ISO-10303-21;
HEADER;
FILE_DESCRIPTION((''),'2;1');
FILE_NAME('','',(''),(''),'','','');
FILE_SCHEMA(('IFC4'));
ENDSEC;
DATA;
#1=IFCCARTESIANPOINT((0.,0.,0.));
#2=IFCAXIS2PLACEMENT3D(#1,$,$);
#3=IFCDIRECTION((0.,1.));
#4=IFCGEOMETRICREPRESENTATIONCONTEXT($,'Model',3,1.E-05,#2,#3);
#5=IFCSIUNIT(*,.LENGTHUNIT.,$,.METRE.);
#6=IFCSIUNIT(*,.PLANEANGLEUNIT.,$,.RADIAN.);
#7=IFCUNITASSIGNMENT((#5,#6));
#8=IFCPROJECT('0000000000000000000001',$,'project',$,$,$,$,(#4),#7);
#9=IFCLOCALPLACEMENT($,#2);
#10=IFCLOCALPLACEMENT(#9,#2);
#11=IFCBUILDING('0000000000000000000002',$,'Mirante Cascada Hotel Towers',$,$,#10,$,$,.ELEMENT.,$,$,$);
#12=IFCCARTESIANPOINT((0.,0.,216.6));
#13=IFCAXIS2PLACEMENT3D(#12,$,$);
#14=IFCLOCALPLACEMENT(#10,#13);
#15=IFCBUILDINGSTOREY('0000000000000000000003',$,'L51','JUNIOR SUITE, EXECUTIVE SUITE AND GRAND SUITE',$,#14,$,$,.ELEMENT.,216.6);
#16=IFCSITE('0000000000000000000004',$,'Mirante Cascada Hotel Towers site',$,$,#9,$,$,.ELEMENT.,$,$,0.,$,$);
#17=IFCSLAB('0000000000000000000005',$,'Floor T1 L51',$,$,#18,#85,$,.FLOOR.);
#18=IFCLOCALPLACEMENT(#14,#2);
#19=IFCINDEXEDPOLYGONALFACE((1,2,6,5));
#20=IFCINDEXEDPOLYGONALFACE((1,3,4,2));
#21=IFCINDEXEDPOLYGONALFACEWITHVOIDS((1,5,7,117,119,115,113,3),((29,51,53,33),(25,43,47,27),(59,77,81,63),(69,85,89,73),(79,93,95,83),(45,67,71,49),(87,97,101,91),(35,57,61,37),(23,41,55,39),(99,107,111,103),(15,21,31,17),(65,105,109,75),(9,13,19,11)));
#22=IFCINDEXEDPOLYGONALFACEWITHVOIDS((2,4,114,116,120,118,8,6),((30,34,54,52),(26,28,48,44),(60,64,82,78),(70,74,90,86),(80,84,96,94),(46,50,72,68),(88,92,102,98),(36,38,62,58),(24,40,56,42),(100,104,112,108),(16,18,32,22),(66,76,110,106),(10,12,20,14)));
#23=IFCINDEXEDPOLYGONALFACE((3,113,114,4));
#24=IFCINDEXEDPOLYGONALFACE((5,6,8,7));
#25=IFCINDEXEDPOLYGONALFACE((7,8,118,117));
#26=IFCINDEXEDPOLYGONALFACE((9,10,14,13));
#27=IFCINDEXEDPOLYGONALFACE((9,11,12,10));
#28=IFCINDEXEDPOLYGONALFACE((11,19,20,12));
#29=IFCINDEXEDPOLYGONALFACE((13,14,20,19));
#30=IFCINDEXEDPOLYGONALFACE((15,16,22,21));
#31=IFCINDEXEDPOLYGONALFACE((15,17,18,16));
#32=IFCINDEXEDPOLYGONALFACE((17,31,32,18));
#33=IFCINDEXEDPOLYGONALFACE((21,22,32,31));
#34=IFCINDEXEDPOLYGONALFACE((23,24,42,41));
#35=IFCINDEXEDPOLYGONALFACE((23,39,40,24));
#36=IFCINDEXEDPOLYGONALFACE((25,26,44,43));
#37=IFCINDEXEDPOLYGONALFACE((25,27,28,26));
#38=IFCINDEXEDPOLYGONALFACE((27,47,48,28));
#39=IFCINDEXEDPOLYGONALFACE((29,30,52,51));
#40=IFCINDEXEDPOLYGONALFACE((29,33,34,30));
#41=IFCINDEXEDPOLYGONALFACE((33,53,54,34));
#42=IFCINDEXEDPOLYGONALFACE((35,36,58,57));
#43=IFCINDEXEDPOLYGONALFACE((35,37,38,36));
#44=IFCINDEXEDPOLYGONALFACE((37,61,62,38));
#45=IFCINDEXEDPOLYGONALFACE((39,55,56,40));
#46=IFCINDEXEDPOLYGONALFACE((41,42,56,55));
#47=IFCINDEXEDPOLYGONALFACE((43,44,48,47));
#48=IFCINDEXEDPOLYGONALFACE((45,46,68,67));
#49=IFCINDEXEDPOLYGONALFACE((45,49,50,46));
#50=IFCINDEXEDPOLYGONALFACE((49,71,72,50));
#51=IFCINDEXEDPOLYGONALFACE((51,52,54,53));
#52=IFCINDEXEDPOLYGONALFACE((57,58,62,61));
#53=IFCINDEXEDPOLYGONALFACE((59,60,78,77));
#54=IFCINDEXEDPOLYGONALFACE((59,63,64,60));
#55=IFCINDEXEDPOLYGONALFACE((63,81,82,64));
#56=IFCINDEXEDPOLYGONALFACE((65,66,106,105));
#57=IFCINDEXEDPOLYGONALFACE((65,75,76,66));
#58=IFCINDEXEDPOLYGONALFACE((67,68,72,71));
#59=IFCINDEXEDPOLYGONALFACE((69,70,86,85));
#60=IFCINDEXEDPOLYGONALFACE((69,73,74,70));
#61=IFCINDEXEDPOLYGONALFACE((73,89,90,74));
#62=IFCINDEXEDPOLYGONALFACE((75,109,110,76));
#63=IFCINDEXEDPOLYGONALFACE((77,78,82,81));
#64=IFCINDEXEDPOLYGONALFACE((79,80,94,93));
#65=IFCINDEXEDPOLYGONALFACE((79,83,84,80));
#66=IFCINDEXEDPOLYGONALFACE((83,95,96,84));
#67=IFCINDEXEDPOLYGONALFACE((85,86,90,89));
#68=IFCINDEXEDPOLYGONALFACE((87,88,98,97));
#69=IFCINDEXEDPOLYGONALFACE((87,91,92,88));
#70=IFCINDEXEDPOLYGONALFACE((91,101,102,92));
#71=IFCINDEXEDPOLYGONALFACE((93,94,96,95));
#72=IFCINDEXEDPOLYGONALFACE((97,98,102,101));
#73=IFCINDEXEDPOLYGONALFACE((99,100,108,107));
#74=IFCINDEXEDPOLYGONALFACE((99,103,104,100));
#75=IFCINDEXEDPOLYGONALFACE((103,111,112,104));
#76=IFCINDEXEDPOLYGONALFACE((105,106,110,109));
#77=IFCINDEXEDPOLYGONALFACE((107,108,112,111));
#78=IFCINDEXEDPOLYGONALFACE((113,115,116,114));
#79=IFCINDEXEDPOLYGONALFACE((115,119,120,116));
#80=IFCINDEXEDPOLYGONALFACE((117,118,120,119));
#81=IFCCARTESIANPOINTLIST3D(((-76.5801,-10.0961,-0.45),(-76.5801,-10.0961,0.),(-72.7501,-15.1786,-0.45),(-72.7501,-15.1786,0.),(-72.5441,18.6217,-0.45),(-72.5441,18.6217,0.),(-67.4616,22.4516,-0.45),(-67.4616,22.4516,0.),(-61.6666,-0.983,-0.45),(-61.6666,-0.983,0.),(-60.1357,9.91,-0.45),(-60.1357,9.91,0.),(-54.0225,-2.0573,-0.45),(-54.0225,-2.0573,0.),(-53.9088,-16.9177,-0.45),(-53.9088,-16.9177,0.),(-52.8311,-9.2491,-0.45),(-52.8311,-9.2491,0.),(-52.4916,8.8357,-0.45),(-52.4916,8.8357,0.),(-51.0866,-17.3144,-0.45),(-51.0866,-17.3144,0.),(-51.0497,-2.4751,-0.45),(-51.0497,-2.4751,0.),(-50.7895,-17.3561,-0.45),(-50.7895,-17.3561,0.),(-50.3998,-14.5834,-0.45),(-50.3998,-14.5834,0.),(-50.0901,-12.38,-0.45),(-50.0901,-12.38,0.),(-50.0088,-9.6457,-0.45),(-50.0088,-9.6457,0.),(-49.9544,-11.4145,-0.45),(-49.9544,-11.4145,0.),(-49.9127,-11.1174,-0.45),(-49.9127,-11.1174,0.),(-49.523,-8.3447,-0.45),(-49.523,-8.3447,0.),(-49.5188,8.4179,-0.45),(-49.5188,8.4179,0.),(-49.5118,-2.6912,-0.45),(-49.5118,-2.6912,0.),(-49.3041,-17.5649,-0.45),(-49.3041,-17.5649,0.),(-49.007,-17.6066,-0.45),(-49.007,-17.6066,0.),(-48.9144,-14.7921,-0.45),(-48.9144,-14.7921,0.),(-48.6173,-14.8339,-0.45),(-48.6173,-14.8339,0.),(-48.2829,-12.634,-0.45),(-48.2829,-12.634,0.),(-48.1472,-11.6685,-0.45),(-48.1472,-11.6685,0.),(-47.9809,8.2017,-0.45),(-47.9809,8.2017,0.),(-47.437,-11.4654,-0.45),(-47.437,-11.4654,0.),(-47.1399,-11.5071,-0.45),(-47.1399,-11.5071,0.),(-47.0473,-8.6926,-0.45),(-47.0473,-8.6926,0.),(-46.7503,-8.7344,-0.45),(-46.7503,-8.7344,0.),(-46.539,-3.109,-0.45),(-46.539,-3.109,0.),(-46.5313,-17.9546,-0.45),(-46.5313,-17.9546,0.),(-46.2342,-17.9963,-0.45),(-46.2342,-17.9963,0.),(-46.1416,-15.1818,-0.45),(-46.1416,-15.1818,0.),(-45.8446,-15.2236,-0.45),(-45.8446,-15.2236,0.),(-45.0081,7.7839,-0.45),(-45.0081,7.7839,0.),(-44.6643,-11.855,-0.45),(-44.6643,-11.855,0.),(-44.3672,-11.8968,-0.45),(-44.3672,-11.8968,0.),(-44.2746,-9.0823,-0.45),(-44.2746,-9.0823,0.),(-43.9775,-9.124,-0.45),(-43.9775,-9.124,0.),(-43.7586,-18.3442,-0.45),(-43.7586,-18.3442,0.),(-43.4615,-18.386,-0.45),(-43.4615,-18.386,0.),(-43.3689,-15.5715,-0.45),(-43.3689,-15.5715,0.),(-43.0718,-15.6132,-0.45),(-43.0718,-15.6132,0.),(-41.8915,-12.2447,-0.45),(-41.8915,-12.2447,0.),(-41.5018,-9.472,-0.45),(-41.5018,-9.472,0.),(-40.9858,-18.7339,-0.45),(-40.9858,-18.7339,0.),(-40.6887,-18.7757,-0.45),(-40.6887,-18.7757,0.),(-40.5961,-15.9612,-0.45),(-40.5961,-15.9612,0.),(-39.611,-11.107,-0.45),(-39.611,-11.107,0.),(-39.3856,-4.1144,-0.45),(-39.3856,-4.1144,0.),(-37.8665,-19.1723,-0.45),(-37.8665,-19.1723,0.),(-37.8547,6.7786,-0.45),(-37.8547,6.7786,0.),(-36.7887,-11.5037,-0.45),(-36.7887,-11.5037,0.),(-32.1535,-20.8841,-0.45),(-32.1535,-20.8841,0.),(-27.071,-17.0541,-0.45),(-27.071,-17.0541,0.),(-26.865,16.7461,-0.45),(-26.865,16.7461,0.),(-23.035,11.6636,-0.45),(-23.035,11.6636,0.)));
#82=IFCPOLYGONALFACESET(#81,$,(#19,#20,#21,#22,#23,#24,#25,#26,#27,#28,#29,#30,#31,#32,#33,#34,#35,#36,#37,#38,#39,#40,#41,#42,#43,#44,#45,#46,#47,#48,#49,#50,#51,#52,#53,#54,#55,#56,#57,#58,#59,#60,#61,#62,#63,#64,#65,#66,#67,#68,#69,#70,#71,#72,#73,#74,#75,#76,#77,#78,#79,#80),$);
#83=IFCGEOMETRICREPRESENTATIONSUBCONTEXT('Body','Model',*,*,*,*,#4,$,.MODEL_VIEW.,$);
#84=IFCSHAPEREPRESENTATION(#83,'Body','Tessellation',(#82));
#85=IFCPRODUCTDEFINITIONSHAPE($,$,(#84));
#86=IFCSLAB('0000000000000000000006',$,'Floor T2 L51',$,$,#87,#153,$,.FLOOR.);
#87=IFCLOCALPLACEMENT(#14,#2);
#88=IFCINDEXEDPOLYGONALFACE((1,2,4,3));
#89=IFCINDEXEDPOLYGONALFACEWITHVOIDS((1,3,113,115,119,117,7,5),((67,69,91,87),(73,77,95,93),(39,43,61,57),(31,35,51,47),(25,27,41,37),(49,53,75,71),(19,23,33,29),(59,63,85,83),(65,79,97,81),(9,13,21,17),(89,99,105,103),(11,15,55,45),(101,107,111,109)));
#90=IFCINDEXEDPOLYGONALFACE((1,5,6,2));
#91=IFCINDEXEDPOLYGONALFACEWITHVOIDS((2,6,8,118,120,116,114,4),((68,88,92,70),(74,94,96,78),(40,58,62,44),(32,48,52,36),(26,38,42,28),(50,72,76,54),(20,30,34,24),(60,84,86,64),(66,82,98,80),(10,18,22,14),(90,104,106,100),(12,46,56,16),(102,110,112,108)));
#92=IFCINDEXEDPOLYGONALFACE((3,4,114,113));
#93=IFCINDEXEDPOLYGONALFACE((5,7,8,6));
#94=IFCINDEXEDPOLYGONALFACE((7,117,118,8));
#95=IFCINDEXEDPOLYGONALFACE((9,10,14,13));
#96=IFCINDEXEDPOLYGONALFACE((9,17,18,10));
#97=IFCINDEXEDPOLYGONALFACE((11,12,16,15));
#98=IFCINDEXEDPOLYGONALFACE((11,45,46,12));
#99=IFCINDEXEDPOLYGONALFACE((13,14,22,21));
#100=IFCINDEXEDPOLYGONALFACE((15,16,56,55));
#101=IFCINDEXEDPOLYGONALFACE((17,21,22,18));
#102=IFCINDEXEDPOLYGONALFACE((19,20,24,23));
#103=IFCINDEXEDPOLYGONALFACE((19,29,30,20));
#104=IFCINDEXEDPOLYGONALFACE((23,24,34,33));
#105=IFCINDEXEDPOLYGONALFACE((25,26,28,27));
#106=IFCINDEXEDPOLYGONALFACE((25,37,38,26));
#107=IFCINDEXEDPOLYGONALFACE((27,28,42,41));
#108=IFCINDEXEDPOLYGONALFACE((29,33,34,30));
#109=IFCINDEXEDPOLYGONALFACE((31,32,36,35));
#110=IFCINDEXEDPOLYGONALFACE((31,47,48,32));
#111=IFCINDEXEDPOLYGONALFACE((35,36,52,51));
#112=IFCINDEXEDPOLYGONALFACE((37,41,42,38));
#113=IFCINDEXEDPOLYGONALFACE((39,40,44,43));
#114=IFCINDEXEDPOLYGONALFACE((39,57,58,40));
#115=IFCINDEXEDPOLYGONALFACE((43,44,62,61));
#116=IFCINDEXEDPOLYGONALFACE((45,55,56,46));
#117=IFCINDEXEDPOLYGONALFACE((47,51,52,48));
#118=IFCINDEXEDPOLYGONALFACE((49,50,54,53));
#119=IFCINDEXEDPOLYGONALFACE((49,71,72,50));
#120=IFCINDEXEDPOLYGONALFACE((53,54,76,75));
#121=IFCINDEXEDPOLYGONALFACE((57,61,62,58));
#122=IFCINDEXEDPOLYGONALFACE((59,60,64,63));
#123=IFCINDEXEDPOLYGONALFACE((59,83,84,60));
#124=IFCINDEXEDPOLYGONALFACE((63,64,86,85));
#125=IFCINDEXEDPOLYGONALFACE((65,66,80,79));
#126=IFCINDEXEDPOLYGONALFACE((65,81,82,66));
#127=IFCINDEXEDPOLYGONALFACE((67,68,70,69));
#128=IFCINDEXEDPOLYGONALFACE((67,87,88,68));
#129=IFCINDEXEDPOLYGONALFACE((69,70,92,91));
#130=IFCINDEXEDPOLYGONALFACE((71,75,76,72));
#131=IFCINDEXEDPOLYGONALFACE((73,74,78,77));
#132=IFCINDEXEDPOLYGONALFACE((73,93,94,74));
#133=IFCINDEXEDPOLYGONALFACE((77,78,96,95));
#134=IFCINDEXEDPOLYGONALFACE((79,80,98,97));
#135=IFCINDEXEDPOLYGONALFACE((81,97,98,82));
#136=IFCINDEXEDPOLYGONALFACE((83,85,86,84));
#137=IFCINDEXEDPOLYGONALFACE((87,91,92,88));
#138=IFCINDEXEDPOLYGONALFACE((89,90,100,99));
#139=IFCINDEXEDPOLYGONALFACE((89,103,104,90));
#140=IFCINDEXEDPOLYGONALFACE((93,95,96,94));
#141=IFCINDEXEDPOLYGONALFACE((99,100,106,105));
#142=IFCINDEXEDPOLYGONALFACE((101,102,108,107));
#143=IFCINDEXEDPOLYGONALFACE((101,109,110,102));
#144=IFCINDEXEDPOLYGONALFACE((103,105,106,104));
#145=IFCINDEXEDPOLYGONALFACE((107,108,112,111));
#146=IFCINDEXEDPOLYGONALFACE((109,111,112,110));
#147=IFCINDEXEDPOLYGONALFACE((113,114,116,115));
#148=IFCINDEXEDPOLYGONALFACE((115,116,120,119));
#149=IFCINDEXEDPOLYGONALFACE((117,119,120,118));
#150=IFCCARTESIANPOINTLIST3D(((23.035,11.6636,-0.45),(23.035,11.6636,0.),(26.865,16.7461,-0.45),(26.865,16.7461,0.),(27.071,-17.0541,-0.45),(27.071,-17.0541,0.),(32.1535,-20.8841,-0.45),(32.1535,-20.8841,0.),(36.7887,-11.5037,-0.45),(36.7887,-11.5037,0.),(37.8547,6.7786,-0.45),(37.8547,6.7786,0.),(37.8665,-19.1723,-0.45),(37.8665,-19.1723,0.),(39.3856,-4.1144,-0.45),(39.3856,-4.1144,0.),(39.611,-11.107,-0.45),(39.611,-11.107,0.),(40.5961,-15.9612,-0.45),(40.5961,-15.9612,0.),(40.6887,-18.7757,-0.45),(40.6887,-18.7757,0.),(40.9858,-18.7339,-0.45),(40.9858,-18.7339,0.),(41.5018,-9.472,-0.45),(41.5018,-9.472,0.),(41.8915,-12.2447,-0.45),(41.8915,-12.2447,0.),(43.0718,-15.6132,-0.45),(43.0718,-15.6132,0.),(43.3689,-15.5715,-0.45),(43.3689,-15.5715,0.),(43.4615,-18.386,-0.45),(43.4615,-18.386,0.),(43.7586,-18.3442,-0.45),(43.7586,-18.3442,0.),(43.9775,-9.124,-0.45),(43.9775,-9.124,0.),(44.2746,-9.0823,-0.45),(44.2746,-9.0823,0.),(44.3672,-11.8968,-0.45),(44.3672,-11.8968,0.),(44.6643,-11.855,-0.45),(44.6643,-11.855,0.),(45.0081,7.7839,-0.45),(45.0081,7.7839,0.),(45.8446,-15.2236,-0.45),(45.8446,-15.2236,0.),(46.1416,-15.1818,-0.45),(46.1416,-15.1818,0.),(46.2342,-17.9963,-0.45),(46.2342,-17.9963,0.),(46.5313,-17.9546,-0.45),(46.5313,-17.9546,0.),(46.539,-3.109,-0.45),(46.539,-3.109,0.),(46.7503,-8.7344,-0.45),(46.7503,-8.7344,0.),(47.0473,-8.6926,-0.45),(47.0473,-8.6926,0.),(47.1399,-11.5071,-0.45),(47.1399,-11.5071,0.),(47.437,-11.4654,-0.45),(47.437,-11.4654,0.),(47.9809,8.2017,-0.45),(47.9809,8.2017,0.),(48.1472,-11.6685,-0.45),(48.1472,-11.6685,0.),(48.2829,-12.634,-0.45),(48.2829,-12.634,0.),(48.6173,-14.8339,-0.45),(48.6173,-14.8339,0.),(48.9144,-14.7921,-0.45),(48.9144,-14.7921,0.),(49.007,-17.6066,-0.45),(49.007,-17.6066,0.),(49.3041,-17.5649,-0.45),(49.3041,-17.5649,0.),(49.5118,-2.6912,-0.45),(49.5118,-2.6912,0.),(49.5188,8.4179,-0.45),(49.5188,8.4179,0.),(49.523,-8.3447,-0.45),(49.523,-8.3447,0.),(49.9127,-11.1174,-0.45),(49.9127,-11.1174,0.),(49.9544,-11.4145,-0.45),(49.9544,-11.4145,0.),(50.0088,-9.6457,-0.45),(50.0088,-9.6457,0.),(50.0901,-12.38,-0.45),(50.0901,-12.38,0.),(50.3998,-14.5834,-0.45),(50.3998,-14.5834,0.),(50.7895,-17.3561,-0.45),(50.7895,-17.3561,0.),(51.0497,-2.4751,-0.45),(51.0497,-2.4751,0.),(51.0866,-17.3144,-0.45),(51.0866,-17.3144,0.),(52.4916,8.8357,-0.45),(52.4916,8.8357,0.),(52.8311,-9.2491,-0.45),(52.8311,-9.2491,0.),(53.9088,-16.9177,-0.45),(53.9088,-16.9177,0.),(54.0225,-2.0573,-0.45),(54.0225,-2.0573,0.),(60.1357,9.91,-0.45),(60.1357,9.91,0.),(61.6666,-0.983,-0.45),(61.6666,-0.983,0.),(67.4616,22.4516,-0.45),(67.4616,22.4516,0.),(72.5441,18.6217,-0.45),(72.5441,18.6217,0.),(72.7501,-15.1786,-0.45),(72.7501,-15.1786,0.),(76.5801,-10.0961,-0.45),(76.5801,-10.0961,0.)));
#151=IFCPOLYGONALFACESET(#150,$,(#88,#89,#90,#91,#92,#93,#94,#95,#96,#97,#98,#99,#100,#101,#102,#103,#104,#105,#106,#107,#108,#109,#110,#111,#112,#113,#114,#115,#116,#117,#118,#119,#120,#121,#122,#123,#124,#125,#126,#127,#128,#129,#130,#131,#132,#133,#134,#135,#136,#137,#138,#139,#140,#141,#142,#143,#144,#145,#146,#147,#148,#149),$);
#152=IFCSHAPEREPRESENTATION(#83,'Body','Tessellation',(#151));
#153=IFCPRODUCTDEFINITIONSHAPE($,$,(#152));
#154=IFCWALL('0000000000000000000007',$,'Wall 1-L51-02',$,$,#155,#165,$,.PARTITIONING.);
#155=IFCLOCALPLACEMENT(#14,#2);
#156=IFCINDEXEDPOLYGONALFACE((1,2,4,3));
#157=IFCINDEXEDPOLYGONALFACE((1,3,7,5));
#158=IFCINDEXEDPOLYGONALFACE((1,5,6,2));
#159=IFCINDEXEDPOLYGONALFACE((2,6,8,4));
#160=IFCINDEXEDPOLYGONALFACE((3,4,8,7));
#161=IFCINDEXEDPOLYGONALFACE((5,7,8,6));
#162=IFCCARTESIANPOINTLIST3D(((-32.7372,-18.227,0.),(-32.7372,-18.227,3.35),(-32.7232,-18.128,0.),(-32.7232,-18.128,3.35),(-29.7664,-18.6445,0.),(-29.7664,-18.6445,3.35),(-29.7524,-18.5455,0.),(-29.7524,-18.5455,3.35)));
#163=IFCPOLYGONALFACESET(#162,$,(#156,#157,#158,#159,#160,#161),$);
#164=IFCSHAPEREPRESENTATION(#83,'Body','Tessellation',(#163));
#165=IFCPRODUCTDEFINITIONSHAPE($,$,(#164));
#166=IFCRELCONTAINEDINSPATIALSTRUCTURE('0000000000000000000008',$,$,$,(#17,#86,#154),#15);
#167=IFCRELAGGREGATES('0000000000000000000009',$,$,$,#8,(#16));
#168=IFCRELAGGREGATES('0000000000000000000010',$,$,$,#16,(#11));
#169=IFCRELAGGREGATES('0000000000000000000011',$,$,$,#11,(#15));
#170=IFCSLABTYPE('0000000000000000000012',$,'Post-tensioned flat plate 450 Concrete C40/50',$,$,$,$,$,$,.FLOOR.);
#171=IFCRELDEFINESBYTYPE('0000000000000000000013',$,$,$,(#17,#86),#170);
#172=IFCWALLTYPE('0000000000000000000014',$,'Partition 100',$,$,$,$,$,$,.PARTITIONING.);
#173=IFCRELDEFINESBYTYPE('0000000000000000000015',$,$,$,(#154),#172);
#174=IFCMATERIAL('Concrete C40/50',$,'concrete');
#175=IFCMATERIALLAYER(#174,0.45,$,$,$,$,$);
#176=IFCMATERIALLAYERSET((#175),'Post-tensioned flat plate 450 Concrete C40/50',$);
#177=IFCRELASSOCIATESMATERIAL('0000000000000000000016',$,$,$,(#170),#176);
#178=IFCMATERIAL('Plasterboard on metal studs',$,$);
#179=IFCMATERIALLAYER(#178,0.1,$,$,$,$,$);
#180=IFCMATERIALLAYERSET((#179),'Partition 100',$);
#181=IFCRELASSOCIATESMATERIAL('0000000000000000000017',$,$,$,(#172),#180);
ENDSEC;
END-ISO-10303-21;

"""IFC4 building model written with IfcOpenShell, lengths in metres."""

from ifc_helpers import new_model, si_unit, direction, frame, frame_2d, origin, place, context, subcontext, project, spatial, polyline, rectangle, outline, extrude, material, layer, layer_set, type_object, element, save


model = new_model("IFC4")

# Units and contexts
model_context = context("Model", 3, precision=1e-05, world=origin(), true_north=direction((0.0, 1.0)))
body_context = subcontext(model_context, "Body", "Model", "MODEL_VIEW")
ifc_project = project(units=[si_unit("LENGTHUNIT", "METRE"), si_unit("PLANEANGLEUNIT", "RADIAN")], contexts=[model_context])

# Site, building, storey
site_placement = place(None, origin())
site = spatial("IfcSite", under=ifc_project, at=site_placement, Name="Mirante Cascada Hotel Towers site", CompositionType="ELEMENT", RefElevation=0.0)
building_placement = place(site_placement, origin())
building = spatial("IfcBuilding", under=site, at=building_placement, Name="Mirante Cascada Hotel Towers", CompositionType="ELEMENT")
storey_placement = place(building_placement, frame((0.0, 0.0, 216.6)))
storey = spatial("IfcBuildingStorey", under=building, at=storey_placement, Name="L51", Description="JUNIOR SUITE, EXECUTIVE SUITE AND GRAND SUITE", CompositionType="ELEMENT", Elevation=216.6)

# Slabs
ifc_material_1 = material(Name="Concrete C40/50", Category="concrete")
ifc_layer_1 = layer(ifc_material_1, 0.45)
ifc_layer_set_1 = layer_set([ifc_layer_1], Name="Post-tensioned flat plate 450 Concrete C40/50")
slab_type = type_object("IfcSlabType", Name="Post-tensioned flat plate 450 Concrete C40/50", PredefinedType="FLOOR", material=ifc_layer_set_1)
slab_1_placement = place(storey_placement, frame((0.0, 0.0, -0.45)))
element("IfcSlab", 1, at=slab_1_placement, inside=storey, type_object=slab_type, Name="Floor T1 L51", PredefinedType="FLOOR", context=body_context, shape_type="SweptSolid", body=[
    extrude(outline(polyline([(-27.071, -17.0541), (-23.035, 11.6636), (-26.865, 16.7461), (-67.4616, 22.4516), (-72.5441, 18.6217), (-76.5801, -10.0961), (-72.7501, -15.1786), (-32.1535, -20.8841), (-27.071, -17.0541)]), holes=[polyline([(-40.5961, -15.9612), (-40.9858, -18.7339), (-43.4615, -18.386), (-43.0718, -15.6132), (-40.5961, -15.9612)]), polyline([(-43.3689, -15.5715), (-43.7586, -18.3442), (-46.2342, -17.9963), (-45.8446, -15.2236), (-43.3689, -15.5715)]), polyline([(-46.1416, -15.1818), (-46.5313, -17.9546), (-49.007, -17.6066), (-48.6173, -14.8339), (-46.1416, -15.1818)]), polyline([(-36.7887, -11.5037), (-37.8665, -19.1723), (-40.6887, -18.7757), (-39.611, -11.107), (-36.7887, -11.5037)]), polyline([(-43.9775, -9.124), (-41.5018, -9.472), (-41.8915, -12.2447), (-44.3672, -11.8968), (-43.9775, -9.124)]), polyline([(-44.2746, -9.0823), (-44.6643, -11.855), (-47.1399, -11.5071), (-46.7503, -8.7344), (-44.2746, -9.0823)]), polyline([(-50.3998, -14.5834), (-48.9144, -14.7921), (-49.3041, -17.5649), (-50.7895, -17.3561), (-50.3998, -14.5834)]), polyline([(-50.0088, -9.6457), (-51.0866, -17.3144), (-53.9088, -16.9177), (-52.8311, -9.2491), (-50.0088, -9.6457)]), polyline([(-48.1472, -11.6685), (-48.2829, -12.634), (-50.0901, -12.38), (-49.9544, -11.4145), (-48.1472, -11.6685)]), polyline([(-49.523, -8.3447), (-47.0473, -8.6926), (-47.437, -11.4654), (-49.9127, -11.1174), (-49.523, -8.3447)]), polyline([(-52.4916, 8.8357), (-54.0225, -2.0573), (-54.0225, -2.0573), (-61.6666, -0.983), (-60.1357, 9.91), (-52.4916, 8.8357)]), polyline([(-47.9809, 8.2017), (-49.5118, -2.6912), (-49.5118, -2.6912), (-51.0497, -2.4751), (-51.0497, -2.4751), (-49.5188, 8.4179), (-47.9809, 8.2017)]), polyline([(-37.8547, 6.7786), (-39.3856, -4.1144), (-46.539, -3.109), (-46.539, -3.109), (-45.0081, 7.7839), (-37.8547, 6.7786)])]), origin(), (0.0, 0.0, 1.0), 0.45),
])
slab_2_placement = place(storey_placement, frame((0.0, 0.0, -0.45)))
element("IfcSlab", 2, at=slab_2_placement, inside=storey, type_object=slab_type, Name="Floor T2 L51", PredefinedType="FLOOR", context=body_context, shape_type="SweptSolid", body=[
    extrude(outline(polyline([(27.071, -17.0541), (23.035, 11.6636), (26.865, 16.7461), (67.4616, 22.4516), (72.5441, 18.6217), (76.5801, -10.0961), (72.7501, -15.1786), (32.1535, -20.8841), (27.071, -17.0541)]), holes=[polyline([(40.5961, -15.9612), (40.9858, -18.7339), (43.4615, -18.386), (43.0718, -15.6132), (40.5961, -15.9612)]), polyline([(43.3689, -15.5715), (43.7586, -18.3442), (46.2342, -17.9963), (45.8446, -15.2236), (43.3689, -15.5715)]), polyline([(46.1416, -15.1818), (46.5313, -17.9546), (49.007, -17.6066), (48.6173, -14.8339), (46.1416, -15.1818)]), polyline([(37.8665, -19.1723), (40.6887, -18.7757), (39.611, -11.107), (36.7887, -11.5037), (37.8665, -19.1723)]), polyline([(43.9775, -9.124), (41.5018, -9.472), (41.8915, -12.2447), (44.3672, -11.8968), (43.9775, -9.124)]), polyline([(44.2746, -9.0823), (44.6643, -11.855), (47.1399, -11.5071), (46.7503, -8.7344), (44.2746, -9.0823)]), polyline([(50.3998, -14.5834), (48.9144, -14.7921), (49.3041, -17.5649), (50.7895, -17.3561), (50.3998, -14.5834)]), polyline([(51.0866, -17.3144), (53.9088, -16.9177), (52.8311, -9.2491), (50.0088, -9.6457), (51.0866, -17.3144)]), polyline([(48.1472, -11.6685), (48.2829, -12.634), (50.0901, -12.38), (49.9544, -11.4145), (48.1472, -11.6685)]), polyline([(49.523, -8.3447), (47.0473, -8.6926), (47.437, -11.4654), (49.9127, -11.1174), (49.523, -8.3447)]), polyline([(60.1357, 9.91), (61.6666, -0.983), (54.0225, -2.0573), (54.0225, -2.0573), (52.4916, 8.8357), (60.1357, 9.91)]), polyline([(49.5188, 8.4179), (51.0497, -2.4751), (51.0497, -2.4751), (49.5118, -2.6912), (49.5118, -2.6912), (47.9809, 8.2017), (49.5188, 8.4179)]), polyline([(39.3856, -4.1144), (37.8547, 6.7786), (45.0081, 7.7839), (46.539, -3.109), (46.539, -3.109), (39.3856, -4.1144)])]), origin(), (0.0, 0.0, 1.0), 0.45),
])

# Wall
ifc_material_2 = material(Name="Plasterboard on metal studs")
ifc_layer_2 = layer(ifc_material_2, 0.1)
ifc_layer_set_2 = layer_set([ifc_layer_2], Name="Partition 100")
wall_type_1 = type_object("IfcWallType", Name="Partition 100", PredefinedType="PARTITIONING", material=ifc_layer_set_2)
wall_1_placement = place(storey_placement, frame((-29.7594, -18.595, 0.0), z_axis=(0.0, 0.0, 1.0), x_axis=(-0.990269, 0.139167, 0.0)))
element("IfcWall", 3, at=wall_1_placement, inside=storey, type_object=wall_type_1, Name="Wall 1-L51-02", PredefinedType="PARTITIONING", context=body_context, shape_type="SweptSolid", body=[
    extrude(rectangle(XDim=3.0, YDim=0.1, at=frame_2d((1.5, 0.0))), origin(), (0.0, 0.0, 1.0), 3.35),
])

save(model, "model.ifc")
